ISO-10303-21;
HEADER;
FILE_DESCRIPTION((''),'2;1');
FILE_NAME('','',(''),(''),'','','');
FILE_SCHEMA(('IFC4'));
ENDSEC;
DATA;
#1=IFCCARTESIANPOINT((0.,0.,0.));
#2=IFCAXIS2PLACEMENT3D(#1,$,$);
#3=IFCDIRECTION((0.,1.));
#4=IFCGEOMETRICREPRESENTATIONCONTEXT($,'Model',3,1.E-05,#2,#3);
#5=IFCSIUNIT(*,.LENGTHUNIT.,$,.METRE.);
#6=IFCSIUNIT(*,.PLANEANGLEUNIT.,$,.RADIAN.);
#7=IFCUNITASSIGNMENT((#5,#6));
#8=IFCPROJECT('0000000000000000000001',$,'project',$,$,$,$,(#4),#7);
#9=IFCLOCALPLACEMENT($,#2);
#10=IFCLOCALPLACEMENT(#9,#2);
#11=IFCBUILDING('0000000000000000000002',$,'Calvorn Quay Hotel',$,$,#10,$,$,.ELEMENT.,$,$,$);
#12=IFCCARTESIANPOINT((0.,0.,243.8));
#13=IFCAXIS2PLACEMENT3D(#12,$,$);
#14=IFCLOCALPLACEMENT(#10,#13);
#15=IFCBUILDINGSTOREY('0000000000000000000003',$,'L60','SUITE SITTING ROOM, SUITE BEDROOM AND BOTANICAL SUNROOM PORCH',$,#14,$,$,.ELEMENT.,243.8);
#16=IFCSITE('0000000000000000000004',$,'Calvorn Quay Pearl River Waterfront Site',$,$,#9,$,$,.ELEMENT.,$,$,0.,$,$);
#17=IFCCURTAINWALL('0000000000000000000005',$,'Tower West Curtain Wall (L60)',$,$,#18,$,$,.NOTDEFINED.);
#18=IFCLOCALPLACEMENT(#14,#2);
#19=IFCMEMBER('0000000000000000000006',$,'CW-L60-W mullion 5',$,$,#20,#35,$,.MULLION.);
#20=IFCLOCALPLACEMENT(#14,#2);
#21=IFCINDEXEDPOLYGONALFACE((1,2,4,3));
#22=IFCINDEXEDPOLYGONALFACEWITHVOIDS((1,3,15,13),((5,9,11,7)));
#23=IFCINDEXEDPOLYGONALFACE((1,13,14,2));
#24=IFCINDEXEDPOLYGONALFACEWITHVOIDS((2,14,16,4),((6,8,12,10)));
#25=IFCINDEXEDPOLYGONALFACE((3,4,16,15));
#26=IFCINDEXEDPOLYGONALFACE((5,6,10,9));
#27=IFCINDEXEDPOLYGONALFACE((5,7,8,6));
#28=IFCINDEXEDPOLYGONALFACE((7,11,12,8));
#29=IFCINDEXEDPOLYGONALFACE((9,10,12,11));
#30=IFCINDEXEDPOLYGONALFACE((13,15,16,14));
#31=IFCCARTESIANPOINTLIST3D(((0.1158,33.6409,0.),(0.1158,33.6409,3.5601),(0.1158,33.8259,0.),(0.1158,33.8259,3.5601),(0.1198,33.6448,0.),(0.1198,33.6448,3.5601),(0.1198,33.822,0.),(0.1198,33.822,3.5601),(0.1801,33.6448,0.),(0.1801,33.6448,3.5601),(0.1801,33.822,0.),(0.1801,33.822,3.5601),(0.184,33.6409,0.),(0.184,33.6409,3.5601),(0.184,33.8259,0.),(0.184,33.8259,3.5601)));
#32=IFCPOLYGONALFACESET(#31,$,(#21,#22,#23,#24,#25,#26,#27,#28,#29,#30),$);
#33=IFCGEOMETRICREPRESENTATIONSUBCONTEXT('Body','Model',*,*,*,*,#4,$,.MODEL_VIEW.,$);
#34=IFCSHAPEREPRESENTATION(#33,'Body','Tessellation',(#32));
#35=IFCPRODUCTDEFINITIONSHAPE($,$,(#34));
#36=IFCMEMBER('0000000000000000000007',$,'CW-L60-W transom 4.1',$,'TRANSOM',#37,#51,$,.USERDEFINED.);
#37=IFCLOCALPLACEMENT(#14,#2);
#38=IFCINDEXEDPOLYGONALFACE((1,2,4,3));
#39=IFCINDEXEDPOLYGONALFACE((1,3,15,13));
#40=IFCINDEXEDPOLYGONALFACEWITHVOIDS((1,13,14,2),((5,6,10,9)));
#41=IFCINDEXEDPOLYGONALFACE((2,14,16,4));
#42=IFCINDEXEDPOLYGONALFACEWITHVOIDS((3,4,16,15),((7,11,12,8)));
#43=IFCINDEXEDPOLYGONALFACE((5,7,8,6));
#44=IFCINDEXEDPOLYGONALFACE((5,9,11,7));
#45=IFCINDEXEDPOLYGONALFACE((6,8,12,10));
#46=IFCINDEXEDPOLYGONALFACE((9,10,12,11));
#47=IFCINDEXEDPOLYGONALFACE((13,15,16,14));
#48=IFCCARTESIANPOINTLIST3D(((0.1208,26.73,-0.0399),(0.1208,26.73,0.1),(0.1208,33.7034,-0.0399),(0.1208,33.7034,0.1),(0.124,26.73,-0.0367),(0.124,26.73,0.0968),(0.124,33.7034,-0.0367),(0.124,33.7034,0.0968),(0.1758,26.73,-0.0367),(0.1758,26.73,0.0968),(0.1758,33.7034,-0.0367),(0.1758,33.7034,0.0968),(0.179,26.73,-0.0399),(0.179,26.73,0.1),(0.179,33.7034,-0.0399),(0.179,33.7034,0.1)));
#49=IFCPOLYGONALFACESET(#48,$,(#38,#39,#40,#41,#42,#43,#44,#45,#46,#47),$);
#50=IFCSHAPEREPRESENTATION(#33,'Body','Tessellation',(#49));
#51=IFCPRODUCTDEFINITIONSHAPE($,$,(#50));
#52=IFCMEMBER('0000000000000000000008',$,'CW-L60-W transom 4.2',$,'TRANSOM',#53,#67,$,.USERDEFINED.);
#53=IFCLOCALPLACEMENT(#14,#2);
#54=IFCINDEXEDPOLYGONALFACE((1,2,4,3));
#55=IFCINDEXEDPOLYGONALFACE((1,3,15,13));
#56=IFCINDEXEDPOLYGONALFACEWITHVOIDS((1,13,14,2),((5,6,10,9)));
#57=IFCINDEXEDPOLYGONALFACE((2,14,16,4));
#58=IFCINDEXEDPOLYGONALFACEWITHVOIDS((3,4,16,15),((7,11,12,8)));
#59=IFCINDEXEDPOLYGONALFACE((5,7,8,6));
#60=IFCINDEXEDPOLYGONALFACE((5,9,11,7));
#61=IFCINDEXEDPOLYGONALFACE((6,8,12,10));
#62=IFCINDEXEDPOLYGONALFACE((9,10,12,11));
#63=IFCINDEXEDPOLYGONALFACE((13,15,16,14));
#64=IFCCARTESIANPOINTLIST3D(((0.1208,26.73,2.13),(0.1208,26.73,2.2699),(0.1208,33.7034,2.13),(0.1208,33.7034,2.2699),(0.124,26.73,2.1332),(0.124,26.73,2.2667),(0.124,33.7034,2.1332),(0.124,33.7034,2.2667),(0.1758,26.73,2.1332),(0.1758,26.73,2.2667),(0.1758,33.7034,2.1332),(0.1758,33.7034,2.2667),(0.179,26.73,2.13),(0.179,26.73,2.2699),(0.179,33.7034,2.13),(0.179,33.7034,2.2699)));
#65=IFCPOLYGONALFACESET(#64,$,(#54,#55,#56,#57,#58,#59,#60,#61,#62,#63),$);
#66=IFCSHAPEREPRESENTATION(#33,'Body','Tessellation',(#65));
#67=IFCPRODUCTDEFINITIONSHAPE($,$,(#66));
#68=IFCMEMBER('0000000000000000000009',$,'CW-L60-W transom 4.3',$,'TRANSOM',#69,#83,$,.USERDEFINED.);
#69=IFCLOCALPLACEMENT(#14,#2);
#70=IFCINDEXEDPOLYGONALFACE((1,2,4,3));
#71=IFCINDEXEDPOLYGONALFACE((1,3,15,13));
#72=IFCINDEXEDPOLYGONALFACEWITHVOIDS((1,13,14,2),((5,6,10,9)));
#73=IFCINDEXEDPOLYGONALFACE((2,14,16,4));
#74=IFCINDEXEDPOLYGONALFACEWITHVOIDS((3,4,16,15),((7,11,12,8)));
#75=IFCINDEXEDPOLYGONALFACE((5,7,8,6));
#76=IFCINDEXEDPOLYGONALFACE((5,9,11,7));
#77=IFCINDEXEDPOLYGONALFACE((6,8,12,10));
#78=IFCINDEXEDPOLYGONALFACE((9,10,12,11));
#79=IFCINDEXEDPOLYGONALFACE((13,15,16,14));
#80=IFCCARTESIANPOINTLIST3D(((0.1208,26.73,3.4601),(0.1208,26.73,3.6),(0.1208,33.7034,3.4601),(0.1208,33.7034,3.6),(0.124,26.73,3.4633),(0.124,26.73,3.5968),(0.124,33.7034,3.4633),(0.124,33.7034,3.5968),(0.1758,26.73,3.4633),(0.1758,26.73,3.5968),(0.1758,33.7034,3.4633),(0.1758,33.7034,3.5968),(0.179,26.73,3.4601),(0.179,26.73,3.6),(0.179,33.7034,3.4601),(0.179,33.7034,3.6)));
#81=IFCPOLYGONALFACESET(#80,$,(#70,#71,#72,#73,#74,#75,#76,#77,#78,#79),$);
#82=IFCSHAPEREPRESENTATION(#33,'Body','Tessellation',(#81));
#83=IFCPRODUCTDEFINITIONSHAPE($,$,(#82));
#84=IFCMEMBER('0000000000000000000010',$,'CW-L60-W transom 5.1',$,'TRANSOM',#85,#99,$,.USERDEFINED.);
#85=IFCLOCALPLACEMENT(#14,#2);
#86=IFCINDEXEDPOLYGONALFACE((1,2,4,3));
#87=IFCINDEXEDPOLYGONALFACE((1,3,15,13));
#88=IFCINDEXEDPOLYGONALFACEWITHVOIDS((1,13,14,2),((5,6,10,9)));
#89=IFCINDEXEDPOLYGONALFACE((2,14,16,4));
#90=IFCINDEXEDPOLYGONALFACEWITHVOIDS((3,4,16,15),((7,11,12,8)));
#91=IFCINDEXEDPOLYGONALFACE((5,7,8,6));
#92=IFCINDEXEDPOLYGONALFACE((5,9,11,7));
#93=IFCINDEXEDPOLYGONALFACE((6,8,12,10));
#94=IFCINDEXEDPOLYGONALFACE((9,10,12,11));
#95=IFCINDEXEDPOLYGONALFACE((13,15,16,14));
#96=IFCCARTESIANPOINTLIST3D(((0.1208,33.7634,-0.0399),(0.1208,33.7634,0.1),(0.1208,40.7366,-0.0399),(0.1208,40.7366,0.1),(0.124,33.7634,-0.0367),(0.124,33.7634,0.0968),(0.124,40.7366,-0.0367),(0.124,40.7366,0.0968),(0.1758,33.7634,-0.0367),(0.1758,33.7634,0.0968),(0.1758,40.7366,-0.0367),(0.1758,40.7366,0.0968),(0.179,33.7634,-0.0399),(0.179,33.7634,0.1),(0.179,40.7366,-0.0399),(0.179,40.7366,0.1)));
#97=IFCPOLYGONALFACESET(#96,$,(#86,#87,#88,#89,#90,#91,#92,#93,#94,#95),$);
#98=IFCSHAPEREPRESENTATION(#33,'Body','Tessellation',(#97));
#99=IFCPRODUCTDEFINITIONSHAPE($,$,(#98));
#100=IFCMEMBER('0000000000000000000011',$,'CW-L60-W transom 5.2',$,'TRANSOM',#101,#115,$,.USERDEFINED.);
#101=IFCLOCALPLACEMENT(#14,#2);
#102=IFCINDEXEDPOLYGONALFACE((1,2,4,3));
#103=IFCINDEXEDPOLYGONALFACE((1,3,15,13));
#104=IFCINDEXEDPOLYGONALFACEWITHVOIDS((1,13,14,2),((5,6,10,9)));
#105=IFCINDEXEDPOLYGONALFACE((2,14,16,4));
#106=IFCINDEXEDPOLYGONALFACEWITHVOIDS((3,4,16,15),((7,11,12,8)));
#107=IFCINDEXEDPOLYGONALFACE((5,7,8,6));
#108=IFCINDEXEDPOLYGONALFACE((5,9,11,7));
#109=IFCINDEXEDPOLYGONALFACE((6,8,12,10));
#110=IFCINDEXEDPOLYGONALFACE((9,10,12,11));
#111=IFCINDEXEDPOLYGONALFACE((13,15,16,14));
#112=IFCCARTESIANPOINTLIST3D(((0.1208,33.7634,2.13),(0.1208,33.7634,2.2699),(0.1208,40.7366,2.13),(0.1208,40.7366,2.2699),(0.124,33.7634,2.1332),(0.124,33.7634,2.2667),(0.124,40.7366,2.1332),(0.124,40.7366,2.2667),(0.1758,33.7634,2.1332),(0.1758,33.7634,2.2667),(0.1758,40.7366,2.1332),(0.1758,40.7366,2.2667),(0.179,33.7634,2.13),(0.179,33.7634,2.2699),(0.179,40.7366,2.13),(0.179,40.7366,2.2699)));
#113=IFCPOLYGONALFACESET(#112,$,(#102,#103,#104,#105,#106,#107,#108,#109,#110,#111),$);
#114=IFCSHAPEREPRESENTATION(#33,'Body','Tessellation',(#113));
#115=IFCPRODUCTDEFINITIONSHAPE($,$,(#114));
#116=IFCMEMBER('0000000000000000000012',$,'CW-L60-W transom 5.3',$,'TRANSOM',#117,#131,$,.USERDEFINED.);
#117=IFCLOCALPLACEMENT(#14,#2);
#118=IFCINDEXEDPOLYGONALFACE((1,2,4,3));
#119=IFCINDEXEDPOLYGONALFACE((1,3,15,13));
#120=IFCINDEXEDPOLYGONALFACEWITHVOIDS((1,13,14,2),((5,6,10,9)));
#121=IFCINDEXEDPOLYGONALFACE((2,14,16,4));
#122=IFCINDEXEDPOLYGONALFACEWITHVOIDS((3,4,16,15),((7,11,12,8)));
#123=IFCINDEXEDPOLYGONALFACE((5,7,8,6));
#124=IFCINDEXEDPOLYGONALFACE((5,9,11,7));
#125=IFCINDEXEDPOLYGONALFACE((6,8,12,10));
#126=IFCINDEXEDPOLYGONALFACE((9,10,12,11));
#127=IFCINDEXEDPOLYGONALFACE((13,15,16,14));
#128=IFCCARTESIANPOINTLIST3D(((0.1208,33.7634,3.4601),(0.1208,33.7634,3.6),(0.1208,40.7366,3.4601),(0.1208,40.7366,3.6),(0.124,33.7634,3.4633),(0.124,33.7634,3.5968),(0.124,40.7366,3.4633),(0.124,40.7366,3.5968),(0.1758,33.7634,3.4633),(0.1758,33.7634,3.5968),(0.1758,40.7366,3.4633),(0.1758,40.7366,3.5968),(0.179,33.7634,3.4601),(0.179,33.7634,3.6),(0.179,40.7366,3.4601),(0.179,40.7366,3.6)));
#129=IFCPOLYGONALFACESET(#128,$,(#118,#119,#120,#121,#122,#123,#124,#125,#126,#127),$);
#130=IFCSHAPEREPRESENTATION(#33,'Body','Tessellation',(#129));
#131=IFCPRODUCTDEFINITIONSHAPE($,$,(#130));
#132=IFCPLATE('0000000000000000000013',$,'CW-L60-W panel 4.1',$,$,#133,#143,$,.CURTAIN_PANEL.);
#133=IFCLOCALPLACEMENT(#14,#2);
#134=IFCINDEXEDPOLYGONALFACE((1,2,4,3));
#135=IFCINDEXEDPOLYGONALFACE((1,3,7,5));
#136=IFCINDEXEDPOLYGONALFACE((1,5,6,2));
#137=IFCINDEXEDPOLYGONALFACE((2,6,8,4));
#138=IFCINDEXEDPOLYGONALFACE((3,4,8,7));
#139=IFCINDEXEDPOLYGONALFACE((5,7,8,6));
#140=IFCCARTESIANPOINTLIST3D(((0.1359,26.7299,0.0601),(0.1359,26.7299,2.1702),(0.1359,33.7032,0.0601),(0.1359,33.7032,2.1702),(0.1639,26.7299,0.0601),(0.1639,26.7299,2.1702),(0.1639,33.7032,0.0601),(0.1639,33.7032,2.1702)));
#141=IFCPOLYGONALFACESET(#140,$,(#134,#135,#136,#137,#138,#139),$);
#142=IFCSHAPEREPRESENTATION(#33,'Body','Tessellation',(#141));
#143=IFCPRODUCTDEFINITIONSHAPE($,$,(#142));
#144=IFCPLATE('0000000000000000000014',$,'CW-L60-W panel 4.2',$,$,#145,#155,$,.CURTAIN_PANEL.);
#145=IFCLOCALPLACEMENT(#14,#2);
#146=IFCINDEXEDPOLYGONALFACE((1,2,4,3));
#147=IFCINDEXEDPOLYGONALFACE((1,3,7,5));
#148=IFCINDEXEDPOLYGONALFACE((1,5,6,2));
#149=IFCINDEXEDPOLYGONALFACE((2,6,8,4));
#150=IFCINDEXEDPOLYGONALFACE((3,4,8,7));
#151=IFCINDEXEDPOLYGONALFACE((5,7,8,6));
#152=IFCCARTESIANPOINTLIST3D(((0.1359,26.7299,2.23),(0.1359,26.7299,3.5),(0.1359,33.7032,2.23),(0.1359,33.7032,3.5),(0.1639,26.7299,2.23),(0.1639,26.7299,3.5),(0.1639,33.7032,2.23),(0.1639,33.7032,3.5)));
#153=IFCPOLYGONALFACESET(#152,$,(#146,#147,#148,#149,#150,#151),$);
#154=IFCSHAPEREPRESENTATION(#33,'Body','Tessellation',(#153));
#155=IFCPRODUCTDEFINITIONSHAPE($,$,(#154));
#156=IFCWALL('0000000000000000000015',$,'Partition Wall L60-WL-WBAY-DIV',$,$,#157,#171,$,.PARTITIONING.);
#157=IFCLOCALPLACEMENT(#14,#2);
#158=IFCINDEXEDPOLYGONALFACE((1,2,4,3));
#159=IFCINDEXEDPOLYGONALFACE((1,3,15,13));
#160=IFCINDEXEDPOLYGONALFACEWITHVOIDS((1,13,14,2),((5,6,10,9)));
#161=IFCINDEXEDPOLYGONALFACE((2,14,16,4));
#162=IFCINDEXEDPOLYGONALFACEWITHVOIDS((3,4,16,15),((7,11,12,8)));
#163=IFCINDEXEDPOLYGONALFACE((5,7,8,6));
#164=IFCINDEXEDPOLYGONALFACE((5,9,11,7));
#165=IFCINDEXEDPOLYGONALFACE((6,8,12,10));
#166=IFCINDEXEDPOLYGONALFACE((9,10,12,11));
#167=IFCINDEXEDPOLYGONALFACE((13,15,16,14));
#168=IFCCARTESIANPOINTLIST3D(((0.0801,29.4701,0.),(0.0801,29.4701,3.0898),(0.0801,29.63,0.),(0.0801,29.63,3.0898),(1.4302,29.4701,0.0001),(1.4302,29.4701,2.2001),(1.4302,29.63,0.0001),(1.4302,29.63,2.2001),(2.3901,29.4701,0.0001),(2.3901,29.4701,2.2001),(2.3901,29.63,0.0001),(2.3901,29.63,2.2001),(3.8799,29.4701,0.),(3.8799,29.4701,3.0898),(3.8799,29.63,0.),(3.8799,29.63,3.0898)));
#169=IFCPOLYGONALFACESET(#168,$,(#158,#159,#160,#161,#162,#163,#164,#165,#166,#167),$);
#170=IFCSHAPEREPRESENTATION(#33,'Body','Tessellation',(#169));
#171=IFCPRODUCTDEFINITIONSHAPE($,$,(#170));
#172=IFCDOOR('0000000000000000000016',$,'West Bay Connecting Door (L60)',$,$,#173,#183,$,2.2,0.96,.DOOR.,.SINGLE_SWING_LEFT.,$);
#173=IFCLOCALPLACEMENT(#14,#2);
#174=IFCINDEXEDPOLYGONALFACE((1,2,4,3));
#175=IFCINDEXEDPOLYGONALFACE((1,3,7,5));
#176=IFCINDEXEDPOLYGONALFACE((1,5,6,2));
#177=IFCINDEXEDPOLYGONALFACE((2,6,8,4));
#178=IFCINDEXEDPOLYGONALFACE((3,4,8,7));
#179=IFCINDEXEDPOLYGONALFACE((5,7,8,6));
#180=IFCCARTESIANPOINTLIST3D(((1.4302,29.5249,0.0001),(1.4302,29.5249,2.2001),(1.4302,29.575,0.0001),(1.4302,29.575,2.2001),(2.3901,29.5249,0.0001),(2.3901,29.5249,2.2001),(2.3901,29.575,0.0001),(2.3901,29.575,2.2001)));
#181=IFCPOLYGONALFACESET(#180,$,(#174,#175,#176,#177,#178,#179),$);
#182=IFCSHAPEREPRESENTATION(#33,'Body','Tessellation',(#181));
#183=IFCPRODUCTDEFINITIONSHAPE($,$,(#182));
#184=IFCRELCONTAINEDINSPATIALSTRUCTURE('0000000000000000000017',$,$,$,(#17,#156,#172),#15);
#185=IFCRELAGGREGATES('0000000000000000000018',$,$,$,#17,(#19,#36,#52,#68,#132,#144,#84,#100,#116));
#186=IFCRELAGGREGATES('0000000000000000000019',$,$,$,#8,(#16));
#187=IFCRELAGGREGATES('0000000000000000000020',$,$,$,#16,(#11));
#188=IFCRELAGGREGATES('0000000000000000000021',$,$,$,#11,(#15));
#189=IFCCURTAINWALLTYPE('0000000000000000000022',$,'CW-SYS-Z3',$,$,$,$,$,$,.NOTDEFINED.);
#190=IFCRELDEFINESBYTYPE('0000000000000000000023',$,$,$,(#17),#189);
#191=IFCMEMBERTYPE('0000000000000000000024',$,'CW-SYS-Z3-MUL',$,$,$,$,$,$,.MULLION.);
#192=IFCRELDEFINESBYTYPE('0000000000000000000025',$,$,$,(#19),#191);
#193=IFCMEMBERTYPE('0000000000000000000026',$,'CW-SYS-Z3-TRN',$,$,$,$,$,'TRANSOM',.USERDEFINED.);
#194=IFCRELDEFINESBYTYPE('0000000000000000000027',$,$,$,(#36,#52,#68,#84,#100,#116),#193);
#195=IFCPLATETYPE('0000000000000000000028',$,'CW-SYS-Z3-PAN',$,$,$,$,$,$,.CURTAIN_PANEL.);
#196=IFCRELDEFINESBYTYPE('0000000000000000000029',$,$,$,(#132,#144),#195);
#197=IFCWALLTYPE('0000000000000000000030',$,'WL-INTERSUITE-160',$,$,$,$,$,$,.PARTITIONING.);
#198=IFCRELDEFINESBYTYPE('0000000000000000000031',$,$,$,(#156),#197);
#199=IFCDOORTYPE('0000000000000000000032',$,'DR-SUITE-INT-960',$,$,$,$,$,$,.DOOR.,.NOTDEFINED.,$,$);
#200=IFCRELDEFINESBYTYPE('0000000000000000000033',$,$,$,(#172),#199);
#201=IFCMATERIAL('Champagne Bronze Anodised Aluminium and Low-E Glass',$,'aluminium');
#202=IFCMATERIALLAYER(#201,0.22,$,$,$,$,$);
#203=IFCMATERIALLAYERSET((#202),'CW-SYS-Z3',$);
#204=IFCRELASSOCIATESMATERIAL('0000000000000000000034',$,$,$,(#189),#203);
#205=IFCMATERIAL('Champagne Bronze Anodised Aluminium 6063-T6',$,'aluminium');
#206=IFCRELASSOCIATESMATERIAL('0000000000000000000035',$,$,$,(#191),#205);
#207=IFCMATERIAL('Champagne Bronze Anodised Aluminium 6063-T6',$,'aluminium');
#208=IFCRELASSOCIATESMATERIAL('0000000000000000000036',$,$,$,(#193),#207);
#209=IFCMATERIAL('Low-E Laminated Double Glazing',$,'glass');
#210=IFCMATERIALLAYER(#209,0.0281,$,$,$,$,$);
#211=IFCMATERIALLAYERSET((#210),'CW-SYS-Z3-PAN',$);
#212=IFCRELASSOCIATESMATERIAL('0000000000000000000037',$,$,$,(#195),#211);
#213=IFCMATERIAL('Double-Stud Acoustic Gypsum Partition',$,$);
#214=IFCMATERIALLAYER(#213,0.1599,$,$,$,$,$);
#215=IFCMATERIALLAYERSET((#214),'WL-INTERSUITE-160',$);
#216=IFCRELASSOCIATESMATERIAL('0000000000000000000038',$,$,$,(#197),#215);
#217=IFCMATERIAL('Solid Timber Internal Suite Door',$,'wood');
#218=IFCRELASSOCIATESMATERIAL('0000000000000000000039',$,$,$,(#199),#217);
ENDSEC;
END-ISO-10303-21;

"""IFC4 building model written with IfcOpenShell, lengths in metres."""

from ifc_helpers import new_model, si_unit, direction, frame, frame_2d, origin, origin_2d, place, context, subcontext, project, spatial, rectangle, hollow_rectangle, extrude, material, layer, layer_set, material_profile, profile_set, type_object, element, fill, aggregate, save


model = new_model("IFC4")

# Units and contexts
model_context = context("Model", 3, precision=1e-05, world=origin(), true_north=direction((0.0, 1.0)))
body_context = subcontext(model_context, "Body", "Model", "MODEL_VIEW")
ifc_project = project(units=[si_unit("LENGTHUNIT", "METRE"), si_unit("PLANEANGLEUNIT", "RADIAN")], contexts=[model_context])

# Site, building, storey
site_placement = place(None, origin())
site = spatial("IfcSite", under=ifc_project, at=site_placement, Name="Calvorn Quay Pearl River Waterfront Site", CompositionType="ELEMENT", RefElevation=0.0)
building_placement = place(site_placement, origin())
building = spatial("IfcBuilding", under=site, at=building_placement, Name="Calvorn Quay Hotel", CompositionType="ELEMENT")
storey_placement = place(building_placement, frame((0.0, 0.0, 243.8)))
storey = spatial("IfcBuildingStorey", under=building, at=storey_placement, Name="L60", Description="SUITE SITTING ROOM, SUITE BEDROOM AND BOTANICAL SUNROOM PORCH", CompositionType="ELEMENT", Elevation=243.8)

# Curtain wall, members, plates
ifc_material_1 = material(Name="Champagne Bronze Anodised Aluminium and Low-E Glass", Category="aluminium")
ifc_layer_1 = layer(ifc_material_1, 0.22)
ifc_layer_set_1 = layer_set([ifc_layer_1], Name="CW-SYS-Z3")
curtain_wall_type = type_object("IfcCurtainWallType", Name="CW-SYS-Z3", PredefinedType="NOTDEFINED", material=ifc_layer_set_1)
curtain_wall_placement = place(storey_placement, origin())
curtain_wall = element("IfcCurtainWall", 1, at=curtain_wall_placement, inside=storey, type_object=curtain_wall_type, Name="Tower West Curtain Wall (L60)", PredefinedType="NOTDEFINED")
ifc_material_2 = material(Name="Champagne Bronze Anodised Aluminium 6063-T6", Category="aluminium")
ifc_material_profile_1 = material_profile(ifc_material_2, hollow_rectangle(XDim=0.0681, YDim=0.1851, WallThickness=0.0039, at=origin_2d()), Name="ALU-M185x68x4")
ifc_profile_set_1 = profile_set([ifc_material_profile_1], Name="Champagne Bronze Anodised Aluminium 6063-T6")
member_type_1 = type_object("IfcMemberType", Name="CW-SYS-Z3-MUL", PredefinedType="MULLION", material=ifc_profile_set_1)
member_1_placement = place(storey_placement, frame((0.1499, 33.7334, 0.0), z_axis=(0.0, 0.0, 1.0), x_axis=(-1.0, 0.0, 0.0)))
member_1 = element("IfcMember", 2, at=member_1_placement, type_object=member_type_1, Name="CW-L60-W mullion 5", PredefinedType="MULLION", context=body_context, shape_type="SweptSolid", body=[
    extrude(hollow_rectangle(XDim=0.0681, YDim=0.1851, WallThickness=0.0039, at=origin_2d()), origin(), (0.0, 0.0, 1.0), 3.5601),
])
ifc_material_3 = material(Name="Champagne Bronze Anodised Aluminium 6063-T6", Category="aluminium")
ifc_material_profile_2 = material_profile(ifc_material_3, hollow_rectangle(XDim=0.0581, YDim=0.1399, WallThickness=0.0032, at=origin_2d()), Name="ALU-T140x58x3.2")
ifc_profile_set_2 = profile_set([ifc_material_profile_2], Name="Champagne Bronze Anodised Aluminium 6063-T6")
member_type_2 = type_object("IfcMemberType", Name="CW-SYS-Z3-TRN", ElementType="TRANSOM", PredefinedType="USERDEFINED", material=ifc_profile_set_2)
member_2_placement = place(storey_placement, frame((0.1499, 26.73, 0.03), z_axis=(0.0, 1.0, 0.0), x_axis=(-1.0, 0.0, 0.0)))
member_2 = element("IfcMember", 3, at=member_2_placement, type_object=member_type_2, Name="CW-L60-W transom 4.1", ObjectType="TRANSOM", PredefinedType="USERDEFINED", context=body_context, shape_type="SweptSolid", body=[
    extrude(hollow_rectangle(XDim=0.0581, YDim=0.1399, WallThickness=0.0032, at=origin_2d()), origin(), (0.0, 0.0, 1.0), 6.9734),
])
member_3_placement = place(storey_placement, frame((0.1499, 26.73, 2.2), z_axis=(0.0, 1.0, 0.0), x_axis=(-1.0, 0.0, 0.0)))
member_3 = element("IfcMember", 4, at=member_3_placement, type_object=member_type_2, Name="CW-L60-W transom 4.2", ObjectType="TRANSOM", PredefinedType="USERDEFINED", context=body_context, shape_type="SweptSolid", body=[
    extrude(hollow_rectangle(XDim=0.0581, YDim=0.1399, WallThickness=0.0032, at=origin_2d()), origin(), (0.0, 0.0, 1.0), 6.9734),
])
member_4_placement = place(storey_placement, frame((0.1499, 26.73, 3.53), z_axis=(0.0, 1.0, 0.0), x_axis=(-1.0, 0.0, 0.0)))
member_4 = element("IfcMember", 5, at=member_4_placement, type_object=member_type_2, Name="CW-L60-W transom 4.3", ObjectType="TRANSOM", PredefinedType="USERDEFINED", context=body_context, shape_type="SweptSolid", body=[
    extrude(hollow_rectangle(XDim=0.0581, YDim=0.1399, WallThickness=0.0032, at=origin_2d()), origin(), (0.0, 0.0, 1.0), 6.9734),
])
member_5_placement = place(storey_placement, frame((0.1499, 33.7634, 0.03), z_axis=(0.0, 1.0, 0.0), x_axis=(-1.0, 0.0, 0.0)))
member_5 = element("IfcMember", 6, at=member_5_placement, type_object=member_type_2, Name="CW-L60-W transom 5.1", ObjectType="TRANSOM", PredefinedType="USERDEFINED", context=body_context, shape_type="SweptSolid", body=[
    extrude(hollow_rectangle(XDim=0.0581, YDim=0.1399, WallThickness=0.0032, at=origin_2d()), origin(), (0.0, 0.0, 1.0), 6.9731),
])
member_6_placement = place(storey_placement, frame((0.1499, 33.7634, 2.2), z_axis=(0.0, 1.0, 0.0), x_axis=(-1.0, 0.0, 0.0)))
member_6 = element("IfcMember", 7, at=member_6_placement, type_object=member_type_2, Name="CW-L60-W transom 5.2", ObjectType="TRANSOM", PredefinedType="USERDEFINED", context=body_context, shape_type="SweptSolid", body=[
    extrude(hollow_rectangle(XDim=0.0581, YDim=0.1399, WallThickness=0.0032, at=origin_2d()), origin(), (0.0, 0.0, 1.0), 6.9731),
])
member_7_placement = place(storey_placement, frame((0.1499, 33.7634, 3.53), z_axis=(0.0, 1.0, 0.0), x_axis=(-1.0, 0.0, 0.0)))
member_7 = element("IfcMember", 8, at=member_7_placement, type_object=member_type_2, Name="CW-L60-W transom 5.3", ObjectType="TRANSOM", PredefinedType="USERDEFINED", context=body_context, shape_type="SweptSolid", body=[
    extrude(hollow_rectangle(XDim=0.0581, YDim=0.1399, WallThickness=0.0032, at=origin_2d()), origin(), (0.0, 0.0, 1.0), 6.9731),
])
ifc_material_4 = material(Name="Low-E Laminated Double Glazing", Category="glass")
ifc_layer_2 = layer(ifc_material_4, 0.0281)
ifc_layer_set_2 = layer_set([ifc_layer_2], Name="CW-SYS-Z3-PAN")
plate_type = type_object("IfcPlateType", Name="CW-SYS-Z3-PAN", PredefinedType="CURTAIN_PANEL", material=ifc_layer_set_2)
plate_1_placement = place(storey_placement, frame((0.1499, 30.2166, 0.0601), z_axis=(0.0, 0.0, 1.0), x_axis=(0.0, 1.0, 0.0)))
plate_1 = element("IfcPlate", 9, at=plate_1_placement, type_object=plate_type, Name="CW-L60-W panel 4.1", PredefinedType="CURTAIN_PANEL", context=body_context, shape_type="SweptSolid", body=[
    extrude(rectangle(XDim=6.9734, YDim=0.0281, at=origin_2d()), origin(), (0.0, 0.0, 1.0), 2.1101),
])
plate_2_placement = place(storey_placement, frame((0.1499, 30.2166, 2.23), z_axis=(0.0, 0.0, 1.0), x_axis=(0.0, 1.0, 0.0)))
plate_2 = element("IfcPlate", 10, at=plate_2_placement, type_object=plate_type, Name="CW-L60-W panel 4.2", PredefinedType="CURTAIN_PANEL", context=body_context, shape_type="SweptSolid", body=[
    extrude(rectangle(XDim=6.9734, YDim=0.0281, at=origin_2d()), origin(), (0.0, 0.0, 1.0), 1.27),
])
aggregate(curtain_wall, [member_1, member_2, member_3, member_4, plate_1, plate_2, member_5, member_6, member_7])

# Wall, opening, door
ifc_material_5 = material(Name="Double-Stud Acoustic Gypsum Partition")
ifc_layer_3 = layer(ifc_material_5, 0.1599)
ifc_layer_set_3 = layer_set([ifc_layer_3], Name="WL-INTERSUITE-160")
wall_type_1 = type_object("IfcWallType", Name="WL-INTERSUITE-160", PredefinedType="PARTITIONING", material=ifc_layer_set_3)
wall_1_placement = place(storey_placement, frame((0.0801, 29.55, 0.0), z_axis=(0.0, 0.0, 1.0), x_axis=(1.0, 0.0, 0.0)))
wall_1 = element("IfcWall", 11, at=wall_1_placement, inside=storey, type_object=wall_type_1, Name="Partition Wall L60-WL-WBAY-DIV", PredefinedType="PARTITIONING", context=body_context, shape_type="SweptSolid", body=[
    extrude(rectangle(XDim=3.7998, YDim=0.1599, at=frame_2d((1.8999, 0.0))), origin(), (0.0, 0.0, 1.0), 3.0898),
])
opening_1_placement = place(wall_1_placement, frame((1.3501, 0.0, 0.0)))
opening_1 = element("IfcOpeningElement", 12, at=opening_1_placement, cuts=wall_1, PredefinedType="OPENING", context=body_context, shape_type="SweptSolid", body=[
    extrude(rectangle(XDim=0.96, YDim=2.2, at=frame_2d((0.48, 1.1001))), frame((0.0, 0.0898, 0.0), z_axis=(0.0, -1.0, 0.0), x_axis=(1.0, 0.0, 0.0)), (0.0, 0.0, 1.0), 0.1799),
])
ifc_material_6 = material(Name="Solid Timber Internal Suite Door", Category="wood")
door_type_1 = type_object("IfcDoorType", Name="DR-SUITE-INT-960", OperationType="NOTDEFINED", PredefinedType="DOOR", material=ifc_material_6)
door_1_placement = place(opening_1_placement, origin())
door_1 = element("IfcDoor", 13, at=door_1_placement, inside=storey, type_object=door_type_1, Name="West Bay Connecting Door (L60)", OperationType="SINGLE_SWING_LEFT", OverallHeight=2.2, OverallWidth=0.96, PredefinedType="DOOR", context=body_context, shape_type="SweptSolid", body=[
    extrude(rectangle(XDim=0.96, YDim=2.2, at=frame_2d((0.48, 1.1001))), frame((0.0, 0.0249, 0.0), z_axis=(0.0, -1.0, 0.0), x_axis=(1.0, 0.0, 0.0)), (0.0, 0.0, 1.0), 0.05),
])
fill(opening_1, door_1)

save(model, "model.ifc")
